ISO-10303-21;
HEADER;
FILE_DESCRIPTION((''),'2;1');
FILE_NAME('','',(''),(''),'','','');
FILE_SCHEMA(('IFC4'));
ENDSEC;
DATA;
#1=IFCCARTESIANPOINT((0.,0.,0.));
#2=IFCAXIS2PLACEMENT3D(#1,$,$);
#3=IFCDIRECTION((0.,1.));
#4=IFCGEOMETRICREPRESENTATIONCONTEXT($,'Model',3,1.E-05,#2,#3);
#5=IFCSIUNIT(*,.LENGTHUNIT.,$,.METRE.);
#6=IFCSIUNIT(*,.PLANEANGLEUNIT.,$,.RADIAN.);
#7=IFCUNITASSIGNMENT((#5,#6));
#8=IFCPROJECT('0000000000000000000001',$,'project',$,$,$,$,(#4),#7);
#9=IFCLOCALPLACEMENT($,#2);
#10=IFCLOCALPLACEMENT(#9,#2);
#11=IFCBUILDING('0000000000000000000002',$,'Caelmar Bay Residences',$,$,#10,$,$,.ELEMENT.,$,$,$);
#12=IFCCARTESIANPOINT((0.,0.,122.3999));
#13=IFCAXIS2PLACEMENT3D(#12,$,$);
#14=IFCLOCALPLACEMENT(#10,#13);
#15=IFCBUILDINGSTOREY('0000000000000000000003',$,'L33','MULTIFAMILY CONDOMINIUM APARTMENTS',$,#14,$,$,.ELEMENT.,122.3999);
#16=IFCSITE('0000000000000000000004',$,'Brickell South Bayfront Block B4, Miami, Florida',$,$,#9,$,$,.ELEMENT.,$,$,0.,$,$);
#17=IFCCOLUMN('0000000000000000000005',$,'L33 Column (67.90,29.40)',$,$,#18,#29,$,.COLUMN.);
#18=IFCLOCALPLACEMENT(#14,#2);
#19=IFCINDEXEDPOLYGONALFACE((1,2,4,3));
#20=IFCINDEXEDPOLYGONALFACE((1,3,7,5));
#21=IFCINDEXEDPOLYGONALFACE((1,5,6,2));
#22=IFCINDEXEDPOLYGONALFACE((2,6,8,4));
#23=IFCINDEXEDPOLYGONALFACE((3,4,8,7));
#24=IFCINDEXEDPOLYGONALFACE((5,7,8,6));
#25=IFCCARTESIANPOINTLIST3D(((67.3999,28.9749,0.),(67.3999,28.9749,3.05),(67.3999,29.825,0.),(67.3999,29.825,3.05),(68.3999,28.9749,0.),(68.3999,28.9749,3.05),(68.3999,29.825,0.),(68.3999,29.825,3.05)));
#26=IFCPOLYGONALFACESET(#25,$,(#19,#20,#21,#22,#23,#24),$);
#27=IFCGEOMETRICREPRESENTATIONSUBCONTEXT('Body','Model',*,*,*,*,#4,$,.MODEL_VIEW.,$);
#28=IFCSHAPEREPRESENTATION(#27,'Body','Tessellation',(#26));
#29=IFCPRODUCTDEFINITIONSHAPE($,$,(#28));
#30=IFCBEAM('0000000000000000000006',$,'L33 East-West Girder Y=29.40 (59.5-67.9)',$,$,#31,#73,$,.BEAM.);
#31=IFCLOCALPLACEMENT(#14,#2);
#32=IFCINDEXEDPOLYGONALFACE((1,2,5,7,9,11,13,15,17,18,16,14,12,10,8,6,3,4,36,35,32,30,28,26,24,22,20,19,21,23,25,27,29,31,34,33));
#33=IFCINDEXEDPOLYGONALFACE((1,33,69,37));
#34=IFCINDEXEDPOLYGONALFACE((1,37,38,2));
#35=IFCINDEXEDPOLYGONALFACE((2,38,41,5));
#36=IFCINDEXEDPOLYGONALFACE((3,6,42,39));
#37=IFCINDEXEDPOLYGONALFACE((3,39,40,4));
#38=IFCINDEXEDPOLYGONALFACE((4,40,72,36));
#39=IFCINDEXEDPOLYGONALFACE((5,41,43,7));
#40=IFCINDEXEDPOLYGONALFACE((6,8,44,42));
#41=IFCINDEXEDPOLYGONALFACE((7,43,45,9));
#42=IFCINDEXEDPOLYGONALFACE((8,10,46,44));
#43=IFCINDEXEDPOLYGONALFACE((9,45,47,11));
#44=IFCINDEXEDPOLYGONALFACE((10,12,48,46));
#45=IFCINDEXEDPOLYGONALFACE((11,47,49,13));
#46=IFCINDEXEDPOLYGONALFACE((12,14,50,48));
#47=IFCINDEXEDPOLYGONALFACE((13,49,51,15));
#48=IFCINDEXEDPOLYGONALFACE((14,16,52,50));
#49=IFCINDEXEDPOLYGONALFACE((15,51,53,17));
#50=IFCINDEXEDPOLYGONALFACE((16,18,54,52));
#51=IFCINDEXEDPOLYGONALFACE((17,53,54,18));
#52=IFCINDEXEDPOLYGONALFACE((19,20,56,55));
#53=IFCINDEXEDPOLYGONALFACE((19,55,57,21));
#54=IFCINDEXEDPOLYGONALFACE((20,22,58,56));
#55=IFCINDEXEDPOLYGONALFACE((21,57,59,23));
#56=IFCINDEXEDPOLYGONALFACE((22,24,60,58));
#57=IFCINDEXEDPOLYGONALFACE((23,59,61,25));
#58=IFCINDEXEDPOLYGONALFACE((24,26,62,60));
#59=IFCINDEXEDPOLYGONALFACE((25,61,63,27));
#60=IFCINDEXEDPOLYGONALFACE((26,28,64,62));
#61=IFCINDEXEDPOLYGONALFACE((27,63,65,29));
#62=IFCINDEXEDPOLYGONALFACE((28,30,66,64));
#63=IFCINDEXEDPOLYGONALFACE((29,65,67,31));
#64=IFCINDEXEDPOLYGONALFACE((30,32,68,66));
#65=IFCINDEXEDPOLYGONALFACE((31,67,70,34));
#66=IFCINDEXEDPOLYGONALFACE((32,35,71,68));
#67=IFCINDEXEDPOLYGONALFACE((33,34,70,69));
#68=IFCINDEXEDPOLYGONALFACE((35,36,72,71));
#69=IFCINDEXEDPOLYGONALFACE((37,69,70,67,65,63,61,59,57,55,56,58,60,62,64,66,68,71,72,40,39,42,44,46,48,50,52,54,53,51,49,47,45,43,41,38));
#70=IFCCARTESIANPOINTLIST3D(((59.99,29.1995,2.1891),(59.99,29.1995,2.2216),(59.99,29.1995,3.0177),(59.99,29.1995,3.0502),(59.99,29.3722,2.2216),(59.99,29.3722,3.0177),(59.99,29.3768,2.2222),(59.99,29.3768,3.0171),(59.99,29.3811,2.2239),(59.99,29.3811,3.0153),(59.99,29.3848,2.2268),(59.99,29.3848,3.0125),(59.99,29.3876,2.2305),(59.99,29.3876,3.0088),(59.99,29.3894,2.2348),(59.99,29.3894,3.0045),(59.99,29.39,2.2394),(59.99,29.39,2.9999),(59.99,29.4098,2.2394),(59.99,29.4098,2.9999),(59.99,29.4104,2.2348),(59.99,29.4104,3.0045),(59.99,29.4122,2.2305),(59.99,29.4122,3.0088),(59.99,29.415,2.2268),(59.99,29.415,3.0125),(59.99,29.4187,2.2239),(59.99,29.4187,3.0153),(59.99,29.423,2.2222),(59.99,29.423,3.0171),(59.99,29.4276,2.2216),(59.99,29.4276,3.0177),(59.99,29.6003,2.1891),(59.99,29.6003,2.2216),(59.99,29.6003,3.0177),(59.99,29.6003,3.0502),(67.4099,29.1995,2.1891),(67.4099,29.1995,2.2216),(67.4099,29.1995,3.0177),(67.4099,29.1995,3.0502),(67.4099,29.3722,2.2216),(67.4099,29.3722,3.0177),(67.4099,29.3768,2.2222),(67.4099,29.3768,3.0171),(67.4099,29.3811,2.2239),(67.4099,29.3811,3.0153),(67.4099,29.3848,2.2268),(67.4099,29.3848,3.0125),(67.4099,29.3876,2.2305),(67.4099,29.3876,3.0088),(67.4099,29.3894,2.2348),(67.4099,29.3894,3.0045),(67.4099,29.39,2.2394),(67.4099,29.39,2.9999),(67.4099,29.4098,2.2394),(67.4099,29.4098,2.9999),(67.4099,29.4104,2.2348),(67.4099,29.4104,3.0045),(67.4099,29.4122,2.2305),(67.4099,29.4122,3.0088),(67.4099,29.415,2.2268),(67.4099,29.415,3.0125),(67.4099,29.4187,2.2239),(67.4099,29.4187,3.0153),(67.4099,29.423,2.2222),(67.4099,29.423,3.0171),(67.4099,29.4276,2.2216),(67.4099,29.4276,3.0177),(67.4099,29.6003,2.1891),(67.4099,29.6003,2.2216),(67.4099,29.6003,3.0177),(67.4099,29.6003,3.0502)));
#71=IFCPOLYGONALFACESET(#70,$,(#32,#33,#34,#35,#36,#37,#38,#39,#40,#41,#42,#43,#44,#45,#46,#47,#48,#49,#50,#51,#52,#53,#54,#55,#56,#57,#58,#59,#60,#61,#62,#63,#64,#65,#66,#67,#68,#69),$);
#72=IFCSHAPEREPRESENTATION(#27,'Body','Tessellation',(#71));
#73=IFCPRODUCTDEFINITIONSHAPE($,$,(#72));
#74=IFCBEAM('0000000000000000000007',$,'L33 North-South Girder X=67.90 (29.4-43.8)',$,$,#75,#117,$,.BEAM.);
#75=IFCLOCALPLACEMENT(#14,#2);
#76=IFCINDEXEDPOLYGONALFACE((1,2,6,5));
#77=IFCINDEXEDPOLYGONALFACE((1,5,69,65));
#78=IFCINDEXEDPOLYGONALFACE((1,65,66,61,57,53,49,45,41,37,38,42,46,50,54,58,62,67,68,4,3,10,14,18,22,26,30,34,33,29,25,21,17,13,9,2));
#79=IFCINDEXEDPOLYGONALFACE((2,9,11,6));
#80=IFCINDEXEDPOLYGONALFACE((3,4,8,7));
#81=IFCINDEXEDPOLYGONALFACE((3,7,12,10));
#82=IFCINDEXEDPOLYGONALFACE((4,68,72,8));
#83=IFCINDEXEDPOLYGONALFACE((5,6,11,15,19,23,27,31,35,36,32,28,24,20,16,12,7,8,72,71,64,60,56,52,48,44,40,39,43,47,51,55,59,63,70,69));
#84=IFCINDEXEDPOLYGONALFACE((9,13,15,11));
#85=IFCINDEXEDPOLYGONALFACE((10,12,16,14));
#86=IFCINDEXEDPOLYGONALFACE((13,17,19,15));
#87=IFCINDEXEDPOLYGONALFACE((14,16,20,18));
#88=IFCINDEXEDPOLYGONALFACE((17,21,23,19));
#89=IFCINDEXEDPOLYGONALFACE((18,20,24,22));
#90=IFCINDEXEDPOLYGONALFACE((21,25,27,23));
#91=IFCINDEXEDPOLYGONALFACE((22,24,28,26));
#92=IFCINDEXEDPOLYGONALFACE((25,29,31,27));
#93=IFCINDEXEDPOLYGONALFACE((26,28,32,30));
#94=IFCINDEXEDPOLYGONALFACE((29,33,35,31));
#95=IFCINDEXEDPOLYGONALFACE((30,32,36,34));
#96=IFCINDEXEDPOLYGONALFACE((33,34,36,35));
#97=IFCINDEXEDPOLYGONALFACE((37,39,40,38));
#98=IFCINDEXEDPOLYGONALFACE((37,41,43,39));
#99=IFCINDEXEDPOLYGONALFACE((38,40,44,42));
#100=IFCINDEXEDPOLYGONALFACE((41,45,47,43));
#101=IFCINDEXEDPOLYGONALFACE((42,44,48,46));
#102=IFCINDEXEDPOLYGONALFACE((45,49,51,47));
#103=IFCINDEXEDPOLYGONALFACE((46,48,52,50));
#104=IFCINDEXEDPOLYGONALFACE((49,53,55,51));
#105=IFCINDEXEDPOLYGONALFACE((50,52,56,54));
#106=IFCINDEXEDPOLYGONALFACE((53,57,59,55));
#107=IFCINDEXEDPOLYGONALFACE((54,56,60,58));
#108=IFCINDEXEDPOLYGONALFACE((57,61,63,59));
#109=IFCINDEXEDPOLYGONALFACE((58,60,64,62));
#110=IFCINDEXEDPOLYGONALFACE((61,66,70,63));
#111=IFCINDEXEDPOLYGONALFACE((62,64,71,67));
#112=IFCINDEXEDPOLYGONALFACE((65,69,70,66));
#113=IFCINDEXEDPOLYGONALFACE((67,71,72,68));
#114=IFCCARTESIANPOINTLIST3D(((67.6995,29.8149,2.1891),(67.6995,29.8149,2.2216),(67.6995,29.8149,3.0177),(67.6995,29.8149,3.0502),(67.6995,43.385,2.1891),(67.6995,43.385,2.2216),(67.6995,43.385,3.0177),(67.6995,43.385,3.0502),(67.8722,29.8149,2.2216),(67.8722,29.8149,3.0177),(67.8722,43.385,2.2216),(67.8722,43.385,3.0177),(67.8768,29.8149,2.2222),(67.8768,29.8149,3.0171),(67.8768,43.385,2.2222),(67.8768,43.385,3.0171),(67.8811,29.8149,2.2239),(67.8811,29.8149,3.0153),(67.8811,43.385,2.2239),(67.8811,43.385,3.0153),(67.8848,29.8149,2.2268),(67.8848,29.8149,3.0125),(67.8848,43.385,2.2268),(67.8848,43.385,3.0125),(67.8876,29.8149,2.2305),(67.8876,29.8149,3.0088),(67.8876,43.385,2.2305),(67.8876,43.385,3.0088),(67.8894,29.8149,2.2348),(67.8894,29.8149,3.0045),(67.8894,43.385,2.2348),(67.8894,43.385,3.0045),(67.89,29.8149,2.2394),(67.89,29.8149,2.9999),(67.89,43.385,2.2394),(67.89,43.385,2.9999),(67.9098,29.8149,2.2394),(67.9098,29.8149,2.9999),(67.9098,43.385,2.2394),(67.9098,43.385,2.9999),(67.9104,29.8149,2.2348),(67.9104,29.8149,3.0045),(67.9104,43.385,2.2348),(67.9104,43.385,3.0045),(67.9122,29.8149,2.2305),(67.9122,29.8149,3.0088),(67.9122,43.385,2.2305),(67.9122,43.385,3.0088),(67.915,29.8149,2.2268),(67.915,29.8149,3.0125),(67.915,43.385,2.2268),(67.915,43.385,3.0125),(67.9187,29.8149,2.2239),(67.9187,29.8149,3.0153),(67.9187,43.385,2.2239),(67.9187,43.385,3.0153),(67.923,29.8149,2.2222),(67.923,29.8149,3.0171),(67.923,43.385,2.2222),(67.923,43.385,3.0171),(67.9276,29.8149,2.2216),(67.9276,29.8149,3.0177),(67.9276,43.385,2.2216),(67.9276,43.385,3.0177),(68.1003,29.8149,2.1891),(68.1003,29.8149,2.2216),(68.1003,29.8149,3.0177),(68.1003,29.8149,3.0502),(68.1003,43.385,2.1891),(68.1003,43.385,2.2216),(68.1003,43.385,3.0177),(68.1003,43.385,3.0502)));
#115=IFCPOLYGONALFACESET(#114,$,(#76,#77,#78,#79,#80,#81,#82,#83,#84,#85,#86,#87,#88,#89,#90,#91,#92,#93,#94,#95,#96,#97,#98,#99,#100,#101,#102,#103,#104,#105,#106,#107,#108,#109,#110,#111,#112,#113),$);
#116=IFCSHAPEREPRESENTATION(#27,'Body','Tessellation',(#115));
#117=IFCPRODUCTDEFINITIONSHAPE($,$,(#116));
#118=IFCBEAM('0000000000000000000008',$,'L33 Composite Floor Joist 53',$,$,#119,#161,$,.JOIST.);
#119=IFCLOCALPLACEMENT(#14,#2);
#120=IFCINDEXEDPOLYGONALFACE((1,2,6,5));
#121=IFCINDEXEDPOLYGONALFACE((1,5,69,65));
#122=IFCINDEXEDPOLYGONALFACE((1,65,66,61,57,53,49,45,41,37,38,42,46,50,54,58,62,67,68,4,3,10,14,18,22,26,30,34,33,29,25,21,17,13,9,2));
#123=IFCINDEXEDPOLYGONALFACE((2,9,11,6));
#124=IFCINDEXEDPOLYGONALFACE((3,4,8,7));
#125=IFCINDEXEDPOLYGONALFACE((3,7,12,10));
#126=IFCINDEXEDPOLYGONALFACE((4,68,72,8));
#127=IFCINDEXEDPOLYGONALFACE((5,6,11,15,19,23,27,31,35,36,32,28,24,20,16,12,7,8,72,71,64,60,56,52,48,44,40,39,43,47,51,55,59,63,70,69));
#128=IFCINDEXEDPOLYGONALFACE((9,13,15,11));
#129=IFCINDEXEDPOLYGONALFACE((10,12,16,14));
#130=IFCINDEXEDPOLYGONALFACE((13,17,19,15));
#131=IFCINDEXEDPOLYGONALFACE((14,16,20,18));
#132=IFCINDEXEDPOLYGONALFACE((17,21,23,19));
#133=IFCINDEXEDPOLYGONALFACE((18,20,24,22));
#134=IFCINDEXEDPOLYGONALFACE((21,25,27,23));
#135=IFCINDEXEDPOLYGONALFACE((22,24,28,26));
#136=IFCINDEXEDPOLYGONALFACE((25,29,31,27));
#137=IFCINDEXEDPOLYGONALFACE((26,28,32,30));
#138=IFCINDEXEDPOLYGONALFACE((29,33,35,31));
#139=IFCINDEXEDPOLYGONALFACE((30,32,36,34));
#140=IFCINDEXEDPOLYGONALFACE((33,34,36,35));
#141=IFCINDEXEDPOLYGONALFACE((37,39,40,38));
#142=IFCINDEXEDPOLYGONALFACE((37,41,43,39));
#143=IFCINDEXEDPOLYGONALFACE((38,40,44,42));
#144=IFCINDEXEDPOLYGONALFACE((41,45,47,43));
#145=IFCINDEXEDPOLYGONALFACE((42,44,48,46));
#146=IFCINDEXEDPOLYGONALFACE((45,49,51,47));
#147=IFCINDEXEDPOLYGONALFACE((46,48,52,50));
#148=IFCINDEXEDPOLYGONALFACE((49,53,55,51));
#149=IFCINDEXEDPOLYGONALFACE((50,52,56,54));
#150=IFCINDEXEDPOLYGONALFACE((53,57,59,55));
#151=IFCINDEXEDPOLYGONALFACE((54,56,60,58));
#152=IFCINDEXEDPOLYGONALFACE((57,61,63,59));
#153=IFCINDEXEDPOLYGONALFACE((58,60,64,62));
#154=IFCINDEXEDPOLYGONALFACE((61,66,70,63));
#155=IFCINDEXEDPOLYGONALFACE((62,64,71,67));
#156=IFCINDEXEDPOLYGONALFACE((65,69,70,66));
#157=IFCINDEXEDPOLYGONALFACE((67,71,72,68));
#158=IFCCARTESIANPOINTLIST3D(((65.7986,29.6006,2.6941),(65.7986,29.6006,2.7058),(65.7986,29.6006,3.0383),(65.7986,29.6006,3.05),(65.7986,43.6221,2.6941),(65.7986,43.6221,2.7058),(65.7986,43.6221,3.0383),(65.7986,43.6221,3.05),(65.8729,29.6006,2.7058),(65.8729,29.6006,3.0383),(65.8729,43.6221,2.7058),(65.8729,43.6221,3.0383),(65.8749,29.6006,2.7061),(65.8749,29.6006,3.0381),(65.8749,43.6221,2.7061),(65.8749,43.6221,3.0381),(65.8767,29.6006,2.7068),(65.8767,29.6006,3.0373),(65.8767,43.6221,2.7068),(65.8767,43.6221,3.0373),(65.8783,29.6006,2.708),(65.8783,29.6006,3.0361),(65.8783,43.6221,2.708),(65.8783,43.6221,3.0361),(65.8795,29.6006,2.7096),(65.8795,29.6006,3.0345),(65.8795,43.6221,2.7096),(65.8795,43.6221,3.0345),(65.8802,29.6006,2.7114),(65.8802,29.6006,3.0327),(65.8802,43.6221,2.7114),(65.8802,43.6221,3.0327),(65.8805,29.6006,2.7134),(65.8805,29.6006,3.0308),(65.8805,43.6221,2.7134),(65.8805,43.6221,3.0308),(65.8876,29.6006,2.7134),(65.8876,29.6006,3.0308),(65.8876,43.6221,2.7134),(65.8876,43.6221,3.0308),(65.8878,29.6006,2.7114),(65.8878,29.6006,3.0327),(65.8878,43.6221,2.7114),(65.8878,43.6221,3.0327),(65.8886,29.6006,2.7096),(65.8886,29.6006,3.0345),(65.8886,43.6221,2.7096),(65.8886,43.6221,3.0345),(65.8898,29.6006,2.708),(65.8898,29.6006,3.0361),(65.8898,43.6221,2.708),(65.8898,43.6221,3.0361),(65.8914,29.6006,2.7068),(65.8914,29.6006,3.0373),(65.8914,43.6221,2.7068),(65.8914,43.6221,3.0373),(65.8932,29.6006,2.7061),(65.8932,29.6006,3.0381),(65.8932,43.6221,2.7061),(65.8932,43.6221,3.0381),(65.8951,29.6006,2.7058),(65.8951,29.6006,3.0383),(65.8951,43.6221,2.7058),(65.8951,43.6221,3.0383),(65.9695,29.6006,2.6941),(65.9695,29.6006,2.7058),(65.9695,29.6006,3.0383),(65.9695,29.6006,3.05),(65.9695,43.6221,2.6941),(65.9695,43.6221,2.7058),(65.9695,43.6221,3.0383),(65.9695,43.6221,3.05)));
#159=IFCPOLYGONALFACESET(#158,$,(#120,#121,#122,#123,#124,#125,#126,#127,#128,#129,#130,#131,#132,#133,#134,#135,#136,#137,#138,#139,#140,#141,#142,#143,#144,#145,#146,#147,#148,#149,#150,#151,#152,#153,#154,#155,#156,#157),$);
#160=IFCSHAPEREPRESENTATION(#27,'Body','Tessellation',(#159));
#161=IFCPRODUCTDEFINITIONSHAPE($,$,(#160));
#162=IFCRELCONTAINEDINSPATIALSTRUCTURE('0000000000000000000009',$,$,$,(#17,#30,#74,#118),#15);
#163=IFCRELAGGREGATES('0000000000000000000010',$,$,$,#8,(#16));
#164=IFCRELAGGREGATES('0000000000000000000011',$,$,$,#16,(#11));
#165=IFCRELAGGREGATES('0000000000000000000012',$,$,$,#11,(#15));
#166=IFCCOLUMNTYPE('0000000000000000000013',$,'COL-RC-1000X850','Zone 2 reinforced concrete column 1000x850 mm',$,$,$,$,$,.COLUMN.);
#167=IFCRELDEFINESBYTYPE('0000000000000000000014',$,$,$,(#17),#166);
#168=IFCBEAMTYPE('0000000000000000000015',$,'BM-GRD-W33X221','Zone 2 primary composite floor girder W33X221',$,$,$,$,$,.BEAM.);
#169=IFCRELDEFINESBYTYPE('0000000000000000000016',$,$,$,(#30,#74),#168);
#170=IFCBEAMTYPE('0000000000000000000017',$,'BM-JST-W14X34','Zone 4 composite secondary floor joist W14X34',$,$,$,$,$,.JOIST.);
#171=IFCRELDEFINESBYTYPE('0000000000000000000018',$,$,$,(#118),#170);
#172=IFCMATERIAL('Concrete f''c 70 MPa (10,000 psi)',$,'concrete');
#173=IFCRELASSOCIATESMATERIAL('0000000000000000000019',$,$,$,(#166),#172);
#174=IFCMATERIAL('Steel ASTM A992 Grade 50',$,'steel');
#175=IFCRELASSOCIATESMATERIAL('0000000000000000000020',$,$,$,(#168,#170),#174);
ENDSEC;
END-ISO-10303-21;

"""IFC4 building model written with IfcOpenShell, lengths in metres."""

from ifc_helpers import new_model, si_unit, direction, frame, origin, origin_2d, place, context, subcontext, project, spatial, rectangle, i_section, extrude, material, material_profile, profile_set, type_object, element, save


model = new_model("IFC4")

# Units and contexts
model_context = context("Model", 3, precision=1e-05, world=origin(), true_north=direction((0.0, 1.0)))
body_context = subcontext(model_context, "Body", "Model", "MODEL_VIEW")
ifc_project = project(units=[si_unit("LENGTHUNIT", "METRE"), si_unit("PLANEANGLEUNIT", "RADIAN")], contexts=[model_context])

# Site, building, storey
site_placement = place(None, origin())
site = spatial("IfcSite", under=ifc_project, at=site_placement, Name="Brickell South Bayfront Block B4, Miami, Florida", CompositionType="ELEMENT", RefElevation=0.0)
building_placement = place(site_placement, origin())
building = spatial("IfcBuilding", under=site, at=building_placement, Name="Caelmar Bay Residences", CompositionType="ELEMENT")
storey_placement = place(building_placement, frame((0.0, 0.0, 122.3999)))
storey = spatial("IfcBuildingStorey", under=building, at=storey_placement, Name="L33", Description="MULTIFAMILY CONDOMINIUM APARTMENTS", CompositionType="ELEMENT", Elevation=122.3999)

# Column
ifc_material_1 = material(Name="Concrete f'c 70 MPa (10,000 psi)", Category="concrete")
ifc_material_profile_1 = material_profile(ifc_material_1, rectangle(XDim=1.0, YDim=0.8501, at=origin_2d()), Name="RC-COL-1000X850")
ifc_profile_set_1 = profile_set([ifc_material_profile_1], Name="Concrete f'c 70 MPa (10,000 psi)")
column_type = type_object("IfcColumnType", Name="COL-RC-1000X850", Description="Zone 2 reinforced concrete column 1000x850 mm", PredefinedType="COLUMN", material=ifc_profile_set_1)
column_placement = place(storey_placement, frame((67.8999, 29.3999, 0.0), z_axis=(0.0, 0.0, 1.0), x_axis=(1.0, 0.0, 0.0)))
element("IfcColumn", 1, at=column_placement, inside=storey, type_object=column_type, Name="L33 Column (67.90,29.40)", PredefinedType="COLUMN", context=body_context, shape_type="SweptSolid", body=[
    extrude(rectangle(XDim=1.0, YDim=0.8501, at=origin_2d()), origin(), (0.0, 0.0, 1.0), 3.05),
])

# Beams
ifc_material_2 = material(Name="Steel ASTM A992 Grade 50", Category="steel")
ifc_material_profile_2 = material_profile(ifc_material_2, i_section(OverallWidth=0.4009, OverallDepth=0.8611, WebThickness=0.0198, FlangeThickness=0.0325, FilletRadius=0.0178, at=origin_2d()), Name="W33X221")
ifc_profile_set_2 = profile_set([ifc_material_profile_2], Name="Steel ASTM A992 Grade 50")
beam_type_1 = type_object("IfcBeamType", Name="BM-GRD-W33X221", Description="Zone 2 primary composite floor girder W33X221", PredefinedType="BEAM", material=ifc_profile_set_2)
beam_1_placement = place(storey_placement, frame((59.99, 29.3999, 2.6196), z_axis=(1.0, 0.0, 0.0), x_axis=(0.0, 1.0, 0.0)))
element("IfcBeam", 2, at=beam_1_placement, inside=storey, type_object=beam_type_1, Name="L33 East-West Girder Y=29.40 (59.5-67.9)", PredefinedType="BEAM", context=body_context, shape_type="SweptSolid", body=[
    extrude(i_section(OverallWidth=0.4009, OverallDepth=0.8611, WebThickness=0.0198, FlangeThickness=0.0325, FilletRadius=0.0178, at=origin_2d()), origin(), (0.0, 0.0, 1.0), 7.4199),
])
beam_2_placement = place(storey_placement, frame((67.8999, 29.8149, 2.6196), z_axis=(0.0, 1.0, 0.0), x_axis=(-1.0, 0.0, 0.0)))
element("IfcBeam", 3, at=beam_2_placement, inside=storey, type_object=beam_type_1, Name="L33 North-South Girder X=67.90 (29.4-43.8)", PredefinedType="BEAM", context=body_context, shape_type="SweptSolid", body=[
    extrude(i_section(OverallWidth=0.4009, OverallDepth=0.8611, WebThickness=0.0198, FlangeThickness=0.0325, FilletRadius=0.0178, at=origin_2d()), origin(), (0.0, 0.0, 1.0), 13.5701),
])
ifc_material_profile_3 = material_profile(ifc_material_2, i_section(OverallWidth=0.1709, OverallDepth=0.356, WebThickness=0.0071, FlangeThickness=0.0117, FilletRadius=0.0076, at=origin_2d()), Name="W14X34")
ifc_profile_set_3 = profile_set([ifc_material_profile_3], Name="Steel ASTM A992 Grade 50")
beam_type_2 = type_object("IfcBeamType", Name="BM-JST-W14X34", Description="Zone 4 composite secondary floor joist W14X34", PredefinedType="JOIST", material=ifc_profile_set_3)
beam_3_placement = place(storey_placement, frame((65.884, 29.6006, 2.8721), z_axis=(0.0, 1.0, 0.0), x_axis=(-1.0, 0.0, 0.0)))
element("IfcBeam", 4, at=beam_3_placement, inside=storey, type_object=beam_type_2, Name="L33 Composite Floor Joist 53", PredefinedType="JOIST", context=body_context, shape_type="SweptSolid", body=[
    extrude(i_section(OverallWidth=0.1709, OverallDepth=0.356, WebThickness=0.0071, FlangeThickness=0.0117, FilletRadius=0.0076, at=origin_2d()), origin(), (0.0, 0.0, 1.0), 14.0215),
])

save(model, "model.ifc")
